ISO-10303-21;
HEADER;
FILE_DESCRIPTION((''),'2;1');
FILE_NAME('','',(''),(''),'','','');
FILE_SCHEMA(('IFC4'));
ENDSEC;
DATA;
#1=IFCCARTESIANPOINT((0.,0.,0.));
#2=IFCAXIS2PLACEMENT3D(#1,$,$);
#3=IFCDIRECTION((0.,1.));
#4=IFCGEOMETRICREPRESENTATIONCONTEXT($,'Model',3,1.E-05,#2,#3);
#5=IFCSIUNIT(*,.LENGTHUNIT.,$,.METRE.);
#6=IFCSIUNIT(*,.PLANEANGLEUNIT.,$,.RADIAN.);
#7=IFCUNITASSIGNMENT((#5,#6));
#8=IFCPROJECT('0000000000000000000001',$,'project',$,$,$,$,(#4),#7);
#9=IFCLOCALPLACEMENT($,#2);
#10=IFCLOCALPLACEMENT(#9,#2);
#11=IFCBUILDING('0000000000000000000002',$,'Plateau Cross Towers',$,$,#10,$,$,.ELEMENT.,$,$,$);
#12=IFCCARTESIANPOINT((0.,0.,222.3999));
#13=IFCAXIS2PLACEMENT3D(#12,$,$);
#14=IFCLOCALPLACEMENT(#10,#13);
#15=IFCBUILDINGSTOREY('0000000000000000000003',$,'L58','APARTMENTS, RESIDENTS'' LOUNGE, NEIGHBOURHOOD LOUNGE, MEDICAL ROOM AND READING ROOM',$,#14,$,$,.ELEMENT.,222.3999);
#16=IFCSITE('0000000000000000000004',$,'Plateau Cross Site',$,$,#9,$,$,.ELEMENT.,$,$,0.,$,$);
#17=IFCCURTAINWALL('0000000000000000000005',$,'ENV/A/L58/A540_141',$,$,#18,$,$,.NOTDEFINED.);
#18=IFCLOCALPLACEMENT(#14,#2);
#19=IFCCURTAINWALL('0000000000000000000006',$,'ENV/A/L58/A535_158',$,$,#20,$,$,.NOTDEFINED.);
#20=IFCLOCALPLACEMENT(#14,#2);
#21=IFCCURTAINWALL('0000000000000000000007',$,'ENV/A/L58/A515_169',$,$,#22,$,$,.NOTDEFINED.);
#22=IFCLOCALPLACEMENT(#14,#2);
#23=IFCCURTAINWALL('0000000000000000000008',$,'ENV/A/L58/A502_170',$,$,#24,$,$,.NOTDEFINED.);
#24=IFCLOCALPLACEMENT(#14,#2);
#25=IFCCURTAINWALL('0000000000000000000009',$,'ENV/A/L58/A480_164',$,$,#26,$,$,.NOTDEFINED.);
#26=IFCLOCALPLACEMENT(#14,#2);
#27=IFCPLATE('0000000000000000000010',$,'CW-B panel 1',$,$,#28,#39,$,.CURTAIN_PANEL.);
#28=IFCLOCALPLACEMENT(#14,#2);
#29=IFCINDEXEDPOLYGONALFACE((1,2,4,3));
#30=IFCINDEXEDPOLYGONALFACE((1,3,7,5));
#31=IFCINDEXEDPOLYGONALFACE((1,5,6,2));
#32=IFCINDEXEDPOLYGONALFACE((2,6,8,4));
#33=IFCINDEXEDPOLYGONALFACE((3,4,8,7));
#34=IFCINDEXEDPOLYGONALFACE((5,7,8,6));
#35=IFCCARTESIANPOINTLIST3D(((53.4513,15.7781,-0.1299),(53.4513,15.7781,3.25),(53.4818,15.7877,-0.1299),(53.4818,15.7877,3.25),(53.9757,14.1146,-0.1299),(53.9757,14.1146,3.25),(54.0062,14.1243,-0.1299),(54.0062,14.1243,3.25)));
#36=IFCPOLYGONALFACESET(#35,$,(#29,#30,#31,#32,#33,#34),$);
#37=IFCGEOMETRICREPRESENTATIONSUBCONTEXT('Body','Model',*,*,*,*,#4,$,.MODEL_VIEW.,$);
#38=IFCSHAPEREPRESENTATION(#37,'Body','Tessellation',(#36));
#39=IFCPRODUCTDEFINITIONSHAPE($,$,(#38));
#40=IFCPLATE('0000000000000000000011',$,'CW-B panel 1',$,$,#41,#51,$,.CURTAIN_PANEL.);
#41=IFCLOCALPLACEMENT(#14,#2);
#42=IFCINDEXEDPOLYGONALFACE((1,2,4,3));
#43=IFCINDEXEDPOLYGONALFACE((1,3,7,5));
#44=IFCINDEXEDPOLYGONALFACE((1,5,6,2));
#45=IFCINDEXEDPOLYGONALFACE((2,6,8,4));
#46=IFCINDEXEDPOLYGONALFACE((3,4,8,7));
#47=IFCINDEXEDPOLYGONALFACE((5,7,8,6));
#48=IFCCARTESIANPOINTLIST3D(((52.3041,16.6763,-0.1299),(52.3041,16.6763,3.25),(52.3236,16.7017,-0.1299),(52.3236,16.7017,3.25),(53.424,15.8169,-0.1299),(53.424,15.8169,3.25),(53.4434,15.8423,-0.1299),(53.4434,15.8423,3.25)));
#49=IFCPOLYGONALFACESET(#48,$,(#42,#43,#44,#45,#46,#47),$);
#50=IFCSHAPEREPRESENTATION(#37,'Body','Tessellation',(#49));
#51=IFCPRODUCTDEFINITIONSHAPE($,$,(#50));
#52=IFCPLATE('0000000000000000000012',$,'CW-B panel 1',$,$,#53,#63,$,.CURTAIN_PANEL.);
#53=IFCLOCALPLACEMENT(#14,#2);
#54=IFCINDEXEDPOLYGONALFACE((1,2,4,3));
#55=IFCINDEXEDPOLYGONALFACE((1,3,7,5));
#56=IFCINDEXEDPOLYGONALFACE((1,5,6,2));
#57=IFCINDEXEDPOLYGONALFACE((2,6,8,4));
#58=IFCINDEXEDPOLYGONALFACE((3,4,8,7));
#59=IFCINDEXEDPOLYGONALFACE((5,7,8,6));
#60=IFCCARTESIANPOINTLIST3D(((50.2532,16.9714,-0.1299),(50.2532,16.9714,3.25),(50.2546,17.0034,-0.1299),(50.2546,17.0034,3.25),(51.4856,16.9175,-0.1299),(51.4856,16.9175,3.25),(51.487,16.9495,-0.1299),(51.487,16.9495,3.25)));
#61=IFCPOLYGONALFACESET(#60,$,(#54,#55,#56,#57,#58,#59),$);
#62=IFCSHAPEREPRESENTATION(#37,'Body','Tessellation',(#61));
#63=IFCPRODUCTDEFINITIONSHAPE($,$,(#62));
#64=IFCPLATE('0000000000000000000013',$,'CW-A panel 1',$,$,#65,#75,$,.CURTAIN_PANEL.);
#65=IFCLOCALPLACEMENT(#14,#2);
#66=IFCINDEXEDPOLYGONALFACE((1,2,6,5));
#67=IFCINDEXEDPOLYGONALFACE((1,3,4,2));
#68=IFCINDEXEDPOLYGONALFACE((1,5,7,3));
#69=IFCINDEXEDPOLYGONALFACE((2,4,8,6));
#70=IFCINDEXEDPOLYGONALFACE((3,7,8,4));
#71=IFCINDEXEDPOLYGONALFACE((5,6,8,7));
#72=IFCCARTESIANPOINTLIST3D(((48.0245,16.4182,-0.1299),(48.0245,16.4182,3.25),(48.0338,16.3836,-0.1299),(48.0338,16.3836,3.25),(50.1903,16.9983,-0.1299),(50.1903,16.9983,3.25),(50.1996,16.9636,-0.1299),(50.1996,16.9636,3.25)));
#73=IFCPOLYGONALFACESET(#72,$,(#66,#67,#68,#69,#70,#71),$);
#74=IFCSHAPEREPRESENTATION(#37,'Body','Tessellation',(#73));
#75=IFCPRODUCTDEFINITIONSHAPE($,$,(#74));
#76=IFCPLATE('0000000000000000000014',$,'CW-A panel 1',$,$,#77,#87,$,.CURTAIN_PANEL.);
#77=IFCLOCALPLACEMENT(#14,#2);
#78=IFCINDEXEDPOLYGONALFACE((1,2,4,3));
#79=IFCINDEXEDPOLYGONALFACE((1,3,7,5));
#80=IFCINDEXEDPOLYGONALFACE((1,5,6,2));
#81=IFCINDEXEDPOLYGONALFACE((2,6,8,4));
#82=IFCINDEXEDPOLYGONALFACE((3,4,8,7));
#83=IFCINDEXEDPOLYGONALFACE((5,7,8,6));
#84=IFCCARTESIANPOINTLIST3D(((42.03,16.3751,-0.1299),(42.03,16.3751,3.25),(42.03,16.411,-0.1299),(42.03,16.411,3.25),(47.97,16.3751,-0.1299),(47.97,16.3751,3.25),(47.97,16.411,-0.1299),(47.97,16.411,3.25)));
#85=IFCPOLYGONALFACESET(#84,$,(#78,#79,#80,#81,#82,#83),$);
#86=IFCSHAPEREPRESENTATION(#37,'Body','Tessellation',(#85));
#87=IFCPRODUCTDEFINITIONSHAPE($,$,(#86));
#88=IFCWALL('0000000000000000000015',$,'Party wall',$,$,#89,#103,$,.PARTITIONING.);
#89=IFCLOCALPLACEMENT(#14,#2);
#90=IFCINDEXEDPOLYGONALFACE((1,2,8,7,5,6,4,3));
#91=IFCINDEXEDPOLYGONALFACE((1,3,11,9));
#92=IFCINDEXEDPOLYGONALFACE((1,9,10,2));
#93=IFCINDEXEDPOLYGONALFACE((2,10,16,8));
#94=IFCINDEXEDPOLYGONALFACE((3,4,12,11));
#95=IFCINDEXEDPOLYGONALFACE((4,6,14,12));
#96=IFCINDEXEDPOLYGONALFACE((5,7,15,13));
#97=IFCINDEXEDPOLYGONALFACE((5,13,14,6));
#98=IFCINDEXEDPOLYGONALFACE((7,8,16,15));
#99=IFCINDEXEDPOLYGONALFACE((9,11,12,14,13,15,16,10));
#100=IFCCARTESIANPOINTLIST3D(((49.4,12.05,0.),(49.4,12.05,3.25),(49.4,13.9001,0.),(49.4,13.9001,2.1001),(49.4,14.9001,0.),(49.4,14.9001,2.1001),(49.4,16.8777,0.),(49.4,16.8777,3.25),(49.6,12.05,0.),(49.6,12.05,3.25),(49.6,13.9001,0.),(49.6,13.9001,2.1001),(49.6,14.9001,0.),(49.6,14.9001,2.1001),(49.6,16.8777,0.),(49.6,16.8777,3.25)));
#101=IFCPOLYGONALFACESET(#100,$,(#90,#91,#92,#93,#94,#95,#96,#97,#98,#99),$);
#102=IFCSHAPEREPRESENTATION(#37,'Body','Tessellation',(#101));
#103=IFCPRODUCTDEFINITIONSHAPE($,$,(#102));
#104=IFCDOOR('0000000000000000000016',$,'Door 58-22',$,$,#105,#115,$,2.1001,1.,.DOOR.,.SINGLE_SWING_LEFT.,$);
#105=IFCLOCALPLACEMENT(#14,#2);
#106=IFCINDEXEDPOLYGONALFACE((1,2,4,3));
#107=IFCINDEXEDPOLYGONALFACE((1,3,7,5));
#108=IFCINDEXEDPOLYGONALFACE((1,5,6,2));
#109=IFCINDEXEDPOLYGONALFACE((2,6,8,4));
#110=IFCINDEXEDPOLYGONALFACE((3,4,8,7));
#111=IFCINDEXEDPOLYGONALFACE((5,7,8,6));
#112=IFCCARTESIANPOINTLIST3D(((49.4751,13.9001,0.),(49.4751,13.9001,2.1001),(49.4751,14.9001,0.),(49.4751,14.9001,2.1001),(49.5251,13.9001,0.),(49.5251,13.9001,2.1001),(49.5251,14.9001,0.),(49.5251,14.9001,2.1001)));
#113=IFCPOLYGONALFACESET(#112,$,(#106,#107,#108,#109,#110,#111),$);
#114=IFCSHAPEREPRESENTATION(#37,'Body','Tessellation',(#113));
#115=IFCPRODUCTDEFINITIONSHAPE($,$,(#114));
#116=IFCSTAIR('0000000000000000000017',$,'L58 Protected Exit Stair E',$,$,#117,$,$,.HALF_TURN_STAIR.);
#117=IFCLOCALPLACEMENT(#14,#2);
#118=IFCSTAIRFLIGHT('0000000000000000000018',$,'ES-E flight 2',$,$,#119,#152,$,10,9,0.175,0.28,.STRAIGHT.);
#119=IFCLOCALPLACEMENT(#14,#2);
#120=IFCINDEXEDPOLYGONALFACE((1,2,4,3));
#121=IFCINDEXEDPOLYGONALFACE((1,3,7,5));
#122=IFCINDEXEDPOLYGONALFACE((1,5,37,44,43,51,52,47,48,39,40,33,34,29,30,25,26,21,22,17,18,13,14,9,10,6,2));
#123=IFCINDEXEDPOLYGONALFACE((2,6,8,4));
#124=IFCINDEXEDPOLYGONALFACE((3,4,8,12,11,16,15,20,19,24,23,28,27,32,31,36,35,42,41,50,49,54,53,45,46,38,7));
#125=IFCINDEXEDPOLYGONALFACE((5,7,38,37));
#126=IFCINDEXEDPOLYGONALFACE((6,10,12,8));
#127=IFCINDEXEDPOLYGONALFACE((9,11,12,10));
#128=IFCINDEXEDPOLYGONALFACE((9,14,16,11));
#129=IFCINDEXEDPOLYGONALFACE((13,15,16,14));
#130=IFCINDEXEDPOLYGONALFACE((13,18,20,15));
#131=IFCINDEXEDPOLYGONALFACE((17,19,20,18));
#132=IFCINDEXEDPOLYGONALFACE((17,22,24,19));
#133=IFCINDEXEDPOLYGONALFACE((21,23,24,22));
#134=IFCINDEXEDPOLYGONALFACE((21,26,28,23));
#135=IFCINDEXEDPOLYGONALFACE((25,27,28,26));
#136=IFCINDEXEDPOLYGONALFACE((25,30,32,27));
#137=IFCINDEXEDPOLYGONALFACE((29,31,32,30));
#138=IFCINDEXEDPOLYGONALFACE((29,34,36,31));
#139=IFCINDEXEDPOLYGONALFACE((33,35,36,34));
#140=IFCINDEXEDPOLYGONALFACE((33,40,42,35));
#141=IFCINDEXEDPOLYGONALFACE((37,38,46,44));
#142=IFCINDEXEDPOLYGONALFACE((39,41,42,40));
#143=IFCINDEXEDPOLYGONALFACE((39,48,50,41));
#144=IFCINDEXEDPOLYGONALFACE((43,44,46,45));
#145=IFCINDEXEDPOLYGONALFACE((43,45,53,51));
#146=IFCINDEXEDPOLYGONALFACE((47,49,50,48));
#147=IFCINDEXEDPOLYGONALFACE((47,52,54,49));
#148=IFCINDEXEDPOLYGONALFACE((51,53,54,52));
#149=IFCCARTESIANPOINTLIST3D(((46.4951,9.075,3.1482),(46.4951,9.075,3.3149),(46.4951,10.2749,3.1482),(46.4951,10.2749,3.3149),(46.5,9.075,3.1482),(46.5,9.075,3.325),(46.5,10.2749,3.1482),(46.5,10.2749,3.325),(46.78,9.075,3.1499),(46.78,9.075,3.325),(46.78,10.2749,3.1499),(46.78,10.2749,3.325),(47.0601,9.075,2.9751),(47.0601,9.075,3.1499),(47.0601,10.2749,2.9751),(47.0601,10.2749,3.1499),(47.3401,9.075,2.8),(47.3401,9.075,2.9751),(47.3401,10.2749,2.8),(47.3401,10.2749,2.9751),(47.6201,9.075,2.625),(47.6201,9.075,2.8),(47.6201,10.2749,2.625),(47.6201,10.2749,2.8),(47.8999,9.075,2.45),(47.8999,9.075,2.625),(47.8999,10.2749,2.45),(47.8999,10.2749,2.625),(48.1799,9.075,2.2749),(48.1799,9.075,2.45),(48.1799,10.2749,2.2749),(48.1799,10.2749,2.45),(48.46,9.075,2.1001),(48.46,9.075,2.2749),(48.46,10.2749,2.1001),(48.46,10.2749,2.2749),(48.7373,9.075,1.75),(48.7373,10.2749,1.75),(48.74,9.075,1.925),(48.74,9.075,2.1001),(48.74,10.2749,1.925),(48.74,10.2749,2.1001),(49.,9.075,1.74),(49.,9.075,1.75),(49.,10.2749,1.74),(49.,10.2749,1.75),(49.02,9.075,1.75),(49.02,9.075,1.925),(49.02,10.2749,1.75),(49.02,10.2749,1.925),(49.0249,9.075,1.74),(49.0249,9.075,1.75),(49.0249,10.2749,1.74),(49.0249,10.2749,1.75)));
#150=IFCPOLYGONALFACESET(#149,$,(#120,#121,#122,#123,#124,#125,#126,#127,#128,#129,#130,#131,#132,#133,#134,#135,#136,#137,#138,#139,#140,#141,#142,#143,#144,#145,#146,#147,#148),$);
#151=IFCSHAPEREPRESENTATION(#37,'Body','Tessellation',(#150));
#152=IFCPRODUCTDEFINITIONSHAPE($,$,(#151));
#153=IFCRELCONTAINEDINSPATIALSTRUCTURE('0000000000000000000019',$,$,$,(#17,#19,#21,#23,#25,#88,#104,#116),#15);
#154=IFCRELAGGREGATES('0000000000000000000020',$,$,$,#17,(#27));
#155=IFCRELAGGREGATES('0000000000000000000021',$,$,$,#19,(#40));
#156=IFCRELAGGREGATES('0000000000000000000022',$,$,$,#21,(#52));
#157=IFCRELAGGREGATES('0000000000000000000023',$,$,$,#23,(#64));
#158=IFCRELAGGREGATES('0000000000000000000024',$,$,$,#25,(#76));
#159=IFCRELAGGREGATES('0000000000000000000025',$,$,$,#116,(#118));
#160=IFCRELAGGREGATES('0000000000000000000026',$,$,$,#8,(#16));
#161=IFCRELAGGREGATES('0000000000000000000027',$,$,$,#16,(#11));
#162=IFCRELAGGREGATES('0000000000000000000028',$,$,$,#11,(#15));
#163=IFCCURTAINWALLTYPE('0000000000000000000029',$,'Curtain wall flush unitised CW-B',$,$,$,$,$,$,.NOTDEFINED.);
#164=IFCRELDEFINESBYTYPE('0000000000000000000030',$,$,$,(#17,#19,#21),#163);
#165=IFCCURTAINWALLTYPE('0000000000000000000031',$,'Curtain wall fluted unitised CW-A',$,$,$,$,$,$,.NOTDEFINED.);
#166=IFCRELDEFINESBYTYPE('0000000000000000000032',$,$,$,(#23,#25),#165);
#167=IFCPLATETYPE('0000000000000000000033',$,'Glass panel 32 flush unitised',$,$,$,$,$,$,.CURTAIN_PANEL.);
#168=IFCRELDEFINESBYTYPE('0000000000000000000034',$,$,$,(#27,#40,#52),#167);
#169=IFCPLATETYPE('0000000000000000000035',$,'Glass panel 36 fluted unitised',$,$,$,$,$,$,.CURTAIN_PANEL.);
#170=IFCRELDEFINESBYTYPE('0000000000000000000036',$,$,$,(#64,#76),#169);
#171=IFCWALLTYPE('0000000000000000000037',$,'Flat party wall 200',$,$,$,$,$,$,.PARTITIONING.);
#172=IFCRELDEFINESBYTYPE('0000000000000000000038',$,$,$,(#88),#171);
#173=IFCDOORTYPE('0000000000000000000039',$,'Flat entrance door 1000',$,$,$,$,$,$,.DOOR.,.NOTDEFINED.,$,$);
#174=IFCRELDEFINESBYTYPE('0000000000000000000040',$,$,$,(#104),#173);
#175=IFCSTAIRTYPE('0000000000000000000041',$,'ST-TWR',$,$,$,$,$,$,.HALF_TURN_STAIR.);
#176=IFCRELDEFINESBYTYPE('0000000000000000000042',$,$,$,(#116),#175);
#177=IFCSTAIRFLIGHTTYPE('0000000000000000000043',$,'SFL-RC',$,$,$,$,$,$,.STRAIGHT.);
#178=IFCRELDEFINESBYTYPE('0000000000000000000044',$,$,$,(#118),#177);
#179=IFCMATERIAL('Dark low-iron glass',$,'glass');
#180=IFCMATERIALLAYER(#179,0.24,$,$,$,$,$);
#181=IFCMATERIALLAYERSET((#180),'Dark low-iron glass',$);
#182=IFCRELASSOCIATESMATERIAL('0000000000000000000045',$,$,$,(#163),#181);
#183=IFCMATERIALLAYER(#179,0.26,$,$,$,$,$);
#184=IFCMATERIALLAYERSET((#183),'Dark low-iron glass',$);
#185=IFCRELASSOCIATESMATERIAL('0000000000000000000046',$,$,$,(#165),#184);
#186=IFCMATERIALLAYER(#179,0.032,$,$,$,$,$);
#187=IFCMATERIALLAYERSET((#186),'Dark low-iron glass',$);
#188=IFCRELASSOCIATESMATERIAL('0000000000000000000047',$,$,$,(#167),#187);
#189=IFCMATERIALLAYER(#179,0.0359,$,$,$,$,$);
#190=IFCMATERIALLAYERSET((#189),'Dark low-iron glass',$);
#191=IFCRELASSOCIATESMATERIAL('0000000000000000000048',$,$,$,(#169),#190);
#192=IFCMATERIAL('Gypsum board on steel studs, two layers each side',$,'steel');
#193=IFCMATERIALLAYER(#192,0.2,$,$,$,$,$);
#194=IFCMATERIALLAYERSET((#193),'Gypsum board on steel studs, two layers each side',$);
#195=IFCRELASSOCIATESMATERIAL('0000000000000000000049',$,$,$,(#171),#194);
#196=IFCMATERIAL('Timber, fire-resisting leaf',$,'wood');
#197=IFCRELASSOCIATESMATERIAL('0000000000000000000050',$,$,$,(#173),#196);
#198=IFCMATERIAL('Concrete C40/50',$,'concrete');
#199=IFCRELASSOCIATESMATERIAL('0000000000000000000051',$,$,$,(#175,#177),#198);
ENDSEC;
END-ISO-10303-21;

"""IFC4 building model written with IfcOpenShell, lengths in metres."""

from ifc_helpers import new_model, si_unit, direction, frame, frame_2d, origin, origin_2d, place, context, subcontext, project, spatial, polyline, rectangle, outline, extrude, material, layer, layer_set, type_object, element, fill, aggregate, save


model = new_model("IFC4")

# Units and contexts
model_context = context("Model", 3, precision=1e-05, world=origin(), true_north=direction((0.0, 1.0)))
body_context = subcontext(model_context, "Body", "Model", "MODEL_VIEW")
ifc_project = project(units=[si_unit("LENGTHUNIT", "METRE"), si_unit("PLANEANGLEUNIT", "RADIAN")], contexts=[model_context])

# Site, building, storey
site_placement = place(None, origin())
site = spatial("IfcSite", under=ifc_project, at=site_placement, Name="Plateau Cross Site", CompositionType="ELEMENT", RefElevation=0.0)
building_placement = place(site_placement, origin())
building = spatial("IfcBuilding", under=site, at=building_placement, Name="Plateau Cross Towers", CompositionType="ELEMENT")
storey_placement = place(building_placement, frame((0.0, 0.0, 222.3999)))
storey = spatial("IfcBuildingStorey", under=building, at=storey_placement, Name="L58", Description="APARTMENTS, RESIDENTS' LOUNGE, NEIGHBOURHOOD LOUNGE, MEDICAL ROOM AND READING ROOM", CompositionType="ELEMENT", Elevation=222.3999)

# Curtain wall
ifc_material_1 = material(Name="Dark low-iron glass", Category="glass")
ifc_layer_1 = layer(ifc_material_1, 0.24)
ifc_layer_set_1 = layer_set([ifc_layer_1], Name="Dark low-iron glass")
curtain_wall_type_1 = type_object("IfcCurtainWallType", Name="Curtain wall flush unitised CW-B", PredefinedType="NOTDEFINED", material=ifc_layer_set_1)
curtain_wall_1_placement = place(storey_placement, origin())
curtain_wall_1 = element("IfcCurtainWall", 1, at=curtain_wall_1_placement, inside=storey, type_object=curtain_wall_type_1, Name="ENV/A/L58/A540_141", PredefinedType="NOTDEFINED")

# Curtain wall
curtain_wall_2_placement = place(storey_placement, origin())
curtain_wall_2 = element("IfcCurtainWall", 2, at=curtain_wall_2_placement, inside=storey, type_object=curtain_wall_type_1, Name="ENV/A/L58/A535_158", PredefinedType="NOTDEFINED")

# Curtain walls
curtain_wall_3_placement = place(storey_placement, origin())
curtain_wall_3 = element("IfcCurtainWall", 3, at=curtain_wall_3_placement, inside=storey, type_object=curtain_wall_type_1, Name="ENV/A/L58/A515_169", PredefinedType="NOTDEFINED")
ifc_layer_2 = layer(ifc_material_1, 0.26)
ifc_layer_set_2 = layer_set([ifc_layer_2], Name="Dark low-iron glass")
curtain_wall_type_2 = type_object("IfcCurtainWallType", Name="Curtain wall fluted unitised CW-A", PredefinedType="NOTDEFINED", material=ifc_layer_set_2)
curtain_wall_4_placement = place(storey_placement, origin())
curtain_wall_4 = element("IfcCurtainWall", 4, at=curtain_wall_4_placement, inside=storey, type_object=curtain_wall_type_2, Name="ENV/A/L58/A502_170", PredefinedType="NOTDEFINED")
curtain_wall_5_placement = place(storey_placement, origin())
curtain_wall_5 = element("IfcCurtainWall", 5, at=curtain_wall_5_placement, inside=storey, type_object=curtain_wall_type_2, Name="ENV/A/L58/A480_164", PredefinedType="NOTDEFINED")

# Plates
ifc_layer_3 = layer(ifc_material_1, 0.032)
ifc_layer_set_3 = layer_set([ifc_layer_3], Name="Dark low-iron glass")
plate_type_1 = type_object("IfcPlateType", Name="Glass panel 32 flush unitised", PredefinedType="CURTAIN_PANEL", material=ifc_layer_set_3)
plate_1_placement = place(storey_placement, frame((53.7288, 14.9512, -0.1299), z_axis=(0.0, 0.0, 1.0), x_axis=(-0.300686, 0.953723, 0.0)))
plate_1 = element("IfcPlate", 6, at=plate_1_placement, type_object=plate_type_1, Name="CW-B panel 1", PredefinedType="CURTAIN_PANEL", context=body_context, shape_type="SweptSolid", body=[
    extrude(rectangle(XDim=1.7441, YDim=0.032, at=origin_2d()), origin(), (0.0, 0.0, 1.0), 3.3799),
])
aggregate(curtain_wall_1, [plate_1])
plate_2_placement = place(storey_placement, frame((52.8738, 16.2593, -0.1299), z_axis=(0.0, 0.0, 1.0), x_axis=(-0.793316, 0.608811, 0.0)))
plate_2 = element("IfcPlate", 7, at=plate_2_placement, type_object=plate_type_1, Name="CW-B panel 1", PredefinedType="CURTAIN_PANEL", context=body_context, shape_type="SweptSolid", body=[
    extrude(rectangle(XDim=1.4116, YDim=0.032, at=origin_2d()), origin(), (0.0, 0.0, 1.0), 3.3799),
])
aggregate(curtain_wall_2, [plate_2])
plate_3_placement = place(storey_placement, frame((50.8701, 16.9604, -0.1299), z_axis=(0.0, 0.0, 1.0), x_axis=(-0.999044, 0.043723, 0.0)))
plate_3 = element("IfcPlate", 8, at=plate_3_placement, type_object=plate_type_1, Name="CW-B panel 1", PredefinedType="CURTAIN_PANEL", context=body_context, shape_type="SweptSolid", body=[
    extrude(rectangle(XDim=1.2336, YDim=0.032, at=origin_2d()), origin(), (0.0, 0.0, 1.0), 3.3799),
])
aggregate(curtain_wall_3, [plate_3])
ifc_layer_4 = layer(ifc_material_1, 0.0359)
ifc_layer_set_4 = layer_set([ifc_layer_4], Name="Dark low-iron glass")
plate_type_2 = type_object("IfcPlateType", Name="Glass panel 36 fluted unitised", PredefinedType="CURTAIN_PANEL", material=ifc_layer_set_4)
plate_4_placement = place(storey_placement, frame((49.1121, 16.6909, -0.1299), z_axis=(0.0, 0.0, 1.0), x_axis=(-0.965958, -0.258699, 0.0)))
plate_4 = element("IfcPlate", 9, at=plate_4_placement, type_object=plate_type_2, Name="CW-A panel 1", PredefinedType="CURTAIN_PANEL", context=body_context, shape_type="SweptSolid", body=[
    extrude(rectangle(XDim=2.2422, YDim=0.0359, at=origin_2d()), origin(), (0.0, 0.0, 1.0), 3.3799),
])
aggregate(curtain_wall_4, [plate_4])
plate_5_placement = place(storey_placement, frame((45.0, 16.3931, -0.1299), z_axis=(0.0, 0.0, 1.0), x_axis=(-1.0, 0.0, 0.0)))
plate_5 = element("IfcPlate", 10, at=plate_5_placement, type_object=plate_type_2, Name="CW-A panel 1", PredefinedType="CURTAIN_PANEL", context=body_context, shape_type="SweptSolid", body=[
    extrude(rectangle(XDim=5.9399, YDim=0.0359, at=origin_2d()), origin(), (0.0, 0.0, 1.0), 3.3799),
])
aggregate(curtain_wall_5, [plate_5])

# Wall, opening, door
ifc_material_2 = material(Name="Gypsum board on steel studs, two layers each side", Category="steel")
ifc_layer_5 = layer(ifc_material_2, 0.2)
ifc_layer_set_5 = layer_set([ifc_layer_5], Name="Gypsum board on steel studs, two layers each side")
wall_type = type_object("IfcWallType", Name="Flat party wall 200", PredefinedType="PARTITIONING", material=ifc_layer_set_5)
wall_placement = place(storey_placement, frame((49.5, 12.05, 0.0), z_axis=(0.0, 0.0, 1.0), x_axis=(0.0, 1.0, 0.0)))
wall = element("IfcWall", 11, at=wall_placement, inside=storey, type_object=wall_type, Name="Party wall", PredefinedType="PARTITIONING", context=body_context, shape_type="SweptSolid", body=[
    extrude(rectangle(XDim=4.8276, YDim=0.2, at=frame_2d((2.4138, 0.0))), origin(), (0.0, 0.0, 1.0), 3.25),
])
opening_placement = place(wall_placement, frame((1.8501, 0.0, 0.0)))
opening = element("IfcOpeningElement", 12, at=opening_placement, cuts=wall, PredefinedType="OPENING", context=body_context, shape_type="SweptSolid", body=[
    extrude(rectangle(XDim=1.0, YDim=2.1001, at=frame_2d((0.5, 1.05))), frame((0.0, 0.1099, 0.0), z_axis=(0.0, -1.0, 0.0), x_axis=(1.0, 0.0, 0.0)), (0.0, 0.0, 1.0), 0.22),
])
ifc_material_3 = material(Name="Timber, fire-resisting leaf", Category="wood")
door_type = type_object("IfcDoorType", Name="Flat entrance door 1000", OperationType="NOTDEFINED", PredefinedType="DOOR", material=ifc_material_3)
door_placement = place(opening_placement, origin())
door = element("IfcDoor", 13, at=door_placement, inside=storey, type_object=door_type, Name="Door 58-22", OperationType="SINGLE_SWING_LEFT", OverallHeight=2.1001, OverallWidth=1.0, PredefinedType="DOOR", context=body_context, shape_type="SweptSolid", body=[
    extrude(rectangle(XDim=1.0, YDim=2.1001, at=frame_2d((0.5, 1.05))), frame((0.0, 0.0249, 0.0), z_axis=(0.0, -1.0, 0.0), x_axis=(1.0, 0.0, 0.0)), (0.0, 0.0, 1.0), 0.05),
])
fill(opening, door)

# Stair, stair flight
ifc_material_4 = material(Name="Concrete C40/50", Category="concrete")
stair_type = type_object("IfcStairType", Name="ST-TWR", PredefinedType="HALF_TURN_STAIR", material=ifc_material_4)
stair_placement = place(storey_placement, origin())
stair = element("IfcStair", 14, at=stair_placement, inside=storey, type_object=stair_type, Name="L58 Protected Exit Stair E", PredefinedType="HALF_TURN_STAIR")
stair_flight_type = type_object("IfcStairFlightType", Name="SFL-RC", PredefinedType="STRAIGHT", material=ifc_material_4)
stair_flight_placement = place(storey_placement, frame((49.02, 9.675, 1.75), z_axis=(0.0, 0.0, 1.0), x_axis=(-1.0, 0.0, 0.0)))
stair_flight = element("IfcStairFlight", 15, at=stair_flight_placement, type_object=stair_flight_type, Name="ES-E flight 2", NumberOfRisers=10, NumberOfTreads=9, PredefinedType="STRAIGHT", RiserHeight=0.175, TreadLength=0.28, context=body_context, shape_type="SweptSolid", body=[
    extrude(outline(polyline([(-0.0049, -0.01), (-0.0049, 0.0), (0.0, 0.0), (0.0, 0.175), (0.28, 0.175), (0.28, 0.3501), (0.5601, 0.3501), (0.5601, 0.5249), (0.8401, 0.5249), (0.8401, 0.7), (1.1201, 0.7), (1.1201, 0.875), (1.3999, 0.875), (1.3999, 1.05), (1.6799, 1.05), (1.6799, 1.2251), (1.96, 1.2251), (1.96, 1.3999), (2.24, 1.3999), (2.24, 1.575), (2.52, 1.575), (2.5249, 1.5649), (2.5249, 1.3982), (2.52, 1.3982), (0.2827, 0.0), (0.02, 0.0), (0.02, -0.01), (-0.0049, -0.01)])), frame((0.0, 0.6001, 0.0), z_axis=(0.0, -1.0, 0.0), x_axis=(1.0, 0.0, 0.0)), (0.0, 0.0, 1.0), 1.2),
])
aggregate(stair, [stair_flight])

save(model, "model.ifc")
